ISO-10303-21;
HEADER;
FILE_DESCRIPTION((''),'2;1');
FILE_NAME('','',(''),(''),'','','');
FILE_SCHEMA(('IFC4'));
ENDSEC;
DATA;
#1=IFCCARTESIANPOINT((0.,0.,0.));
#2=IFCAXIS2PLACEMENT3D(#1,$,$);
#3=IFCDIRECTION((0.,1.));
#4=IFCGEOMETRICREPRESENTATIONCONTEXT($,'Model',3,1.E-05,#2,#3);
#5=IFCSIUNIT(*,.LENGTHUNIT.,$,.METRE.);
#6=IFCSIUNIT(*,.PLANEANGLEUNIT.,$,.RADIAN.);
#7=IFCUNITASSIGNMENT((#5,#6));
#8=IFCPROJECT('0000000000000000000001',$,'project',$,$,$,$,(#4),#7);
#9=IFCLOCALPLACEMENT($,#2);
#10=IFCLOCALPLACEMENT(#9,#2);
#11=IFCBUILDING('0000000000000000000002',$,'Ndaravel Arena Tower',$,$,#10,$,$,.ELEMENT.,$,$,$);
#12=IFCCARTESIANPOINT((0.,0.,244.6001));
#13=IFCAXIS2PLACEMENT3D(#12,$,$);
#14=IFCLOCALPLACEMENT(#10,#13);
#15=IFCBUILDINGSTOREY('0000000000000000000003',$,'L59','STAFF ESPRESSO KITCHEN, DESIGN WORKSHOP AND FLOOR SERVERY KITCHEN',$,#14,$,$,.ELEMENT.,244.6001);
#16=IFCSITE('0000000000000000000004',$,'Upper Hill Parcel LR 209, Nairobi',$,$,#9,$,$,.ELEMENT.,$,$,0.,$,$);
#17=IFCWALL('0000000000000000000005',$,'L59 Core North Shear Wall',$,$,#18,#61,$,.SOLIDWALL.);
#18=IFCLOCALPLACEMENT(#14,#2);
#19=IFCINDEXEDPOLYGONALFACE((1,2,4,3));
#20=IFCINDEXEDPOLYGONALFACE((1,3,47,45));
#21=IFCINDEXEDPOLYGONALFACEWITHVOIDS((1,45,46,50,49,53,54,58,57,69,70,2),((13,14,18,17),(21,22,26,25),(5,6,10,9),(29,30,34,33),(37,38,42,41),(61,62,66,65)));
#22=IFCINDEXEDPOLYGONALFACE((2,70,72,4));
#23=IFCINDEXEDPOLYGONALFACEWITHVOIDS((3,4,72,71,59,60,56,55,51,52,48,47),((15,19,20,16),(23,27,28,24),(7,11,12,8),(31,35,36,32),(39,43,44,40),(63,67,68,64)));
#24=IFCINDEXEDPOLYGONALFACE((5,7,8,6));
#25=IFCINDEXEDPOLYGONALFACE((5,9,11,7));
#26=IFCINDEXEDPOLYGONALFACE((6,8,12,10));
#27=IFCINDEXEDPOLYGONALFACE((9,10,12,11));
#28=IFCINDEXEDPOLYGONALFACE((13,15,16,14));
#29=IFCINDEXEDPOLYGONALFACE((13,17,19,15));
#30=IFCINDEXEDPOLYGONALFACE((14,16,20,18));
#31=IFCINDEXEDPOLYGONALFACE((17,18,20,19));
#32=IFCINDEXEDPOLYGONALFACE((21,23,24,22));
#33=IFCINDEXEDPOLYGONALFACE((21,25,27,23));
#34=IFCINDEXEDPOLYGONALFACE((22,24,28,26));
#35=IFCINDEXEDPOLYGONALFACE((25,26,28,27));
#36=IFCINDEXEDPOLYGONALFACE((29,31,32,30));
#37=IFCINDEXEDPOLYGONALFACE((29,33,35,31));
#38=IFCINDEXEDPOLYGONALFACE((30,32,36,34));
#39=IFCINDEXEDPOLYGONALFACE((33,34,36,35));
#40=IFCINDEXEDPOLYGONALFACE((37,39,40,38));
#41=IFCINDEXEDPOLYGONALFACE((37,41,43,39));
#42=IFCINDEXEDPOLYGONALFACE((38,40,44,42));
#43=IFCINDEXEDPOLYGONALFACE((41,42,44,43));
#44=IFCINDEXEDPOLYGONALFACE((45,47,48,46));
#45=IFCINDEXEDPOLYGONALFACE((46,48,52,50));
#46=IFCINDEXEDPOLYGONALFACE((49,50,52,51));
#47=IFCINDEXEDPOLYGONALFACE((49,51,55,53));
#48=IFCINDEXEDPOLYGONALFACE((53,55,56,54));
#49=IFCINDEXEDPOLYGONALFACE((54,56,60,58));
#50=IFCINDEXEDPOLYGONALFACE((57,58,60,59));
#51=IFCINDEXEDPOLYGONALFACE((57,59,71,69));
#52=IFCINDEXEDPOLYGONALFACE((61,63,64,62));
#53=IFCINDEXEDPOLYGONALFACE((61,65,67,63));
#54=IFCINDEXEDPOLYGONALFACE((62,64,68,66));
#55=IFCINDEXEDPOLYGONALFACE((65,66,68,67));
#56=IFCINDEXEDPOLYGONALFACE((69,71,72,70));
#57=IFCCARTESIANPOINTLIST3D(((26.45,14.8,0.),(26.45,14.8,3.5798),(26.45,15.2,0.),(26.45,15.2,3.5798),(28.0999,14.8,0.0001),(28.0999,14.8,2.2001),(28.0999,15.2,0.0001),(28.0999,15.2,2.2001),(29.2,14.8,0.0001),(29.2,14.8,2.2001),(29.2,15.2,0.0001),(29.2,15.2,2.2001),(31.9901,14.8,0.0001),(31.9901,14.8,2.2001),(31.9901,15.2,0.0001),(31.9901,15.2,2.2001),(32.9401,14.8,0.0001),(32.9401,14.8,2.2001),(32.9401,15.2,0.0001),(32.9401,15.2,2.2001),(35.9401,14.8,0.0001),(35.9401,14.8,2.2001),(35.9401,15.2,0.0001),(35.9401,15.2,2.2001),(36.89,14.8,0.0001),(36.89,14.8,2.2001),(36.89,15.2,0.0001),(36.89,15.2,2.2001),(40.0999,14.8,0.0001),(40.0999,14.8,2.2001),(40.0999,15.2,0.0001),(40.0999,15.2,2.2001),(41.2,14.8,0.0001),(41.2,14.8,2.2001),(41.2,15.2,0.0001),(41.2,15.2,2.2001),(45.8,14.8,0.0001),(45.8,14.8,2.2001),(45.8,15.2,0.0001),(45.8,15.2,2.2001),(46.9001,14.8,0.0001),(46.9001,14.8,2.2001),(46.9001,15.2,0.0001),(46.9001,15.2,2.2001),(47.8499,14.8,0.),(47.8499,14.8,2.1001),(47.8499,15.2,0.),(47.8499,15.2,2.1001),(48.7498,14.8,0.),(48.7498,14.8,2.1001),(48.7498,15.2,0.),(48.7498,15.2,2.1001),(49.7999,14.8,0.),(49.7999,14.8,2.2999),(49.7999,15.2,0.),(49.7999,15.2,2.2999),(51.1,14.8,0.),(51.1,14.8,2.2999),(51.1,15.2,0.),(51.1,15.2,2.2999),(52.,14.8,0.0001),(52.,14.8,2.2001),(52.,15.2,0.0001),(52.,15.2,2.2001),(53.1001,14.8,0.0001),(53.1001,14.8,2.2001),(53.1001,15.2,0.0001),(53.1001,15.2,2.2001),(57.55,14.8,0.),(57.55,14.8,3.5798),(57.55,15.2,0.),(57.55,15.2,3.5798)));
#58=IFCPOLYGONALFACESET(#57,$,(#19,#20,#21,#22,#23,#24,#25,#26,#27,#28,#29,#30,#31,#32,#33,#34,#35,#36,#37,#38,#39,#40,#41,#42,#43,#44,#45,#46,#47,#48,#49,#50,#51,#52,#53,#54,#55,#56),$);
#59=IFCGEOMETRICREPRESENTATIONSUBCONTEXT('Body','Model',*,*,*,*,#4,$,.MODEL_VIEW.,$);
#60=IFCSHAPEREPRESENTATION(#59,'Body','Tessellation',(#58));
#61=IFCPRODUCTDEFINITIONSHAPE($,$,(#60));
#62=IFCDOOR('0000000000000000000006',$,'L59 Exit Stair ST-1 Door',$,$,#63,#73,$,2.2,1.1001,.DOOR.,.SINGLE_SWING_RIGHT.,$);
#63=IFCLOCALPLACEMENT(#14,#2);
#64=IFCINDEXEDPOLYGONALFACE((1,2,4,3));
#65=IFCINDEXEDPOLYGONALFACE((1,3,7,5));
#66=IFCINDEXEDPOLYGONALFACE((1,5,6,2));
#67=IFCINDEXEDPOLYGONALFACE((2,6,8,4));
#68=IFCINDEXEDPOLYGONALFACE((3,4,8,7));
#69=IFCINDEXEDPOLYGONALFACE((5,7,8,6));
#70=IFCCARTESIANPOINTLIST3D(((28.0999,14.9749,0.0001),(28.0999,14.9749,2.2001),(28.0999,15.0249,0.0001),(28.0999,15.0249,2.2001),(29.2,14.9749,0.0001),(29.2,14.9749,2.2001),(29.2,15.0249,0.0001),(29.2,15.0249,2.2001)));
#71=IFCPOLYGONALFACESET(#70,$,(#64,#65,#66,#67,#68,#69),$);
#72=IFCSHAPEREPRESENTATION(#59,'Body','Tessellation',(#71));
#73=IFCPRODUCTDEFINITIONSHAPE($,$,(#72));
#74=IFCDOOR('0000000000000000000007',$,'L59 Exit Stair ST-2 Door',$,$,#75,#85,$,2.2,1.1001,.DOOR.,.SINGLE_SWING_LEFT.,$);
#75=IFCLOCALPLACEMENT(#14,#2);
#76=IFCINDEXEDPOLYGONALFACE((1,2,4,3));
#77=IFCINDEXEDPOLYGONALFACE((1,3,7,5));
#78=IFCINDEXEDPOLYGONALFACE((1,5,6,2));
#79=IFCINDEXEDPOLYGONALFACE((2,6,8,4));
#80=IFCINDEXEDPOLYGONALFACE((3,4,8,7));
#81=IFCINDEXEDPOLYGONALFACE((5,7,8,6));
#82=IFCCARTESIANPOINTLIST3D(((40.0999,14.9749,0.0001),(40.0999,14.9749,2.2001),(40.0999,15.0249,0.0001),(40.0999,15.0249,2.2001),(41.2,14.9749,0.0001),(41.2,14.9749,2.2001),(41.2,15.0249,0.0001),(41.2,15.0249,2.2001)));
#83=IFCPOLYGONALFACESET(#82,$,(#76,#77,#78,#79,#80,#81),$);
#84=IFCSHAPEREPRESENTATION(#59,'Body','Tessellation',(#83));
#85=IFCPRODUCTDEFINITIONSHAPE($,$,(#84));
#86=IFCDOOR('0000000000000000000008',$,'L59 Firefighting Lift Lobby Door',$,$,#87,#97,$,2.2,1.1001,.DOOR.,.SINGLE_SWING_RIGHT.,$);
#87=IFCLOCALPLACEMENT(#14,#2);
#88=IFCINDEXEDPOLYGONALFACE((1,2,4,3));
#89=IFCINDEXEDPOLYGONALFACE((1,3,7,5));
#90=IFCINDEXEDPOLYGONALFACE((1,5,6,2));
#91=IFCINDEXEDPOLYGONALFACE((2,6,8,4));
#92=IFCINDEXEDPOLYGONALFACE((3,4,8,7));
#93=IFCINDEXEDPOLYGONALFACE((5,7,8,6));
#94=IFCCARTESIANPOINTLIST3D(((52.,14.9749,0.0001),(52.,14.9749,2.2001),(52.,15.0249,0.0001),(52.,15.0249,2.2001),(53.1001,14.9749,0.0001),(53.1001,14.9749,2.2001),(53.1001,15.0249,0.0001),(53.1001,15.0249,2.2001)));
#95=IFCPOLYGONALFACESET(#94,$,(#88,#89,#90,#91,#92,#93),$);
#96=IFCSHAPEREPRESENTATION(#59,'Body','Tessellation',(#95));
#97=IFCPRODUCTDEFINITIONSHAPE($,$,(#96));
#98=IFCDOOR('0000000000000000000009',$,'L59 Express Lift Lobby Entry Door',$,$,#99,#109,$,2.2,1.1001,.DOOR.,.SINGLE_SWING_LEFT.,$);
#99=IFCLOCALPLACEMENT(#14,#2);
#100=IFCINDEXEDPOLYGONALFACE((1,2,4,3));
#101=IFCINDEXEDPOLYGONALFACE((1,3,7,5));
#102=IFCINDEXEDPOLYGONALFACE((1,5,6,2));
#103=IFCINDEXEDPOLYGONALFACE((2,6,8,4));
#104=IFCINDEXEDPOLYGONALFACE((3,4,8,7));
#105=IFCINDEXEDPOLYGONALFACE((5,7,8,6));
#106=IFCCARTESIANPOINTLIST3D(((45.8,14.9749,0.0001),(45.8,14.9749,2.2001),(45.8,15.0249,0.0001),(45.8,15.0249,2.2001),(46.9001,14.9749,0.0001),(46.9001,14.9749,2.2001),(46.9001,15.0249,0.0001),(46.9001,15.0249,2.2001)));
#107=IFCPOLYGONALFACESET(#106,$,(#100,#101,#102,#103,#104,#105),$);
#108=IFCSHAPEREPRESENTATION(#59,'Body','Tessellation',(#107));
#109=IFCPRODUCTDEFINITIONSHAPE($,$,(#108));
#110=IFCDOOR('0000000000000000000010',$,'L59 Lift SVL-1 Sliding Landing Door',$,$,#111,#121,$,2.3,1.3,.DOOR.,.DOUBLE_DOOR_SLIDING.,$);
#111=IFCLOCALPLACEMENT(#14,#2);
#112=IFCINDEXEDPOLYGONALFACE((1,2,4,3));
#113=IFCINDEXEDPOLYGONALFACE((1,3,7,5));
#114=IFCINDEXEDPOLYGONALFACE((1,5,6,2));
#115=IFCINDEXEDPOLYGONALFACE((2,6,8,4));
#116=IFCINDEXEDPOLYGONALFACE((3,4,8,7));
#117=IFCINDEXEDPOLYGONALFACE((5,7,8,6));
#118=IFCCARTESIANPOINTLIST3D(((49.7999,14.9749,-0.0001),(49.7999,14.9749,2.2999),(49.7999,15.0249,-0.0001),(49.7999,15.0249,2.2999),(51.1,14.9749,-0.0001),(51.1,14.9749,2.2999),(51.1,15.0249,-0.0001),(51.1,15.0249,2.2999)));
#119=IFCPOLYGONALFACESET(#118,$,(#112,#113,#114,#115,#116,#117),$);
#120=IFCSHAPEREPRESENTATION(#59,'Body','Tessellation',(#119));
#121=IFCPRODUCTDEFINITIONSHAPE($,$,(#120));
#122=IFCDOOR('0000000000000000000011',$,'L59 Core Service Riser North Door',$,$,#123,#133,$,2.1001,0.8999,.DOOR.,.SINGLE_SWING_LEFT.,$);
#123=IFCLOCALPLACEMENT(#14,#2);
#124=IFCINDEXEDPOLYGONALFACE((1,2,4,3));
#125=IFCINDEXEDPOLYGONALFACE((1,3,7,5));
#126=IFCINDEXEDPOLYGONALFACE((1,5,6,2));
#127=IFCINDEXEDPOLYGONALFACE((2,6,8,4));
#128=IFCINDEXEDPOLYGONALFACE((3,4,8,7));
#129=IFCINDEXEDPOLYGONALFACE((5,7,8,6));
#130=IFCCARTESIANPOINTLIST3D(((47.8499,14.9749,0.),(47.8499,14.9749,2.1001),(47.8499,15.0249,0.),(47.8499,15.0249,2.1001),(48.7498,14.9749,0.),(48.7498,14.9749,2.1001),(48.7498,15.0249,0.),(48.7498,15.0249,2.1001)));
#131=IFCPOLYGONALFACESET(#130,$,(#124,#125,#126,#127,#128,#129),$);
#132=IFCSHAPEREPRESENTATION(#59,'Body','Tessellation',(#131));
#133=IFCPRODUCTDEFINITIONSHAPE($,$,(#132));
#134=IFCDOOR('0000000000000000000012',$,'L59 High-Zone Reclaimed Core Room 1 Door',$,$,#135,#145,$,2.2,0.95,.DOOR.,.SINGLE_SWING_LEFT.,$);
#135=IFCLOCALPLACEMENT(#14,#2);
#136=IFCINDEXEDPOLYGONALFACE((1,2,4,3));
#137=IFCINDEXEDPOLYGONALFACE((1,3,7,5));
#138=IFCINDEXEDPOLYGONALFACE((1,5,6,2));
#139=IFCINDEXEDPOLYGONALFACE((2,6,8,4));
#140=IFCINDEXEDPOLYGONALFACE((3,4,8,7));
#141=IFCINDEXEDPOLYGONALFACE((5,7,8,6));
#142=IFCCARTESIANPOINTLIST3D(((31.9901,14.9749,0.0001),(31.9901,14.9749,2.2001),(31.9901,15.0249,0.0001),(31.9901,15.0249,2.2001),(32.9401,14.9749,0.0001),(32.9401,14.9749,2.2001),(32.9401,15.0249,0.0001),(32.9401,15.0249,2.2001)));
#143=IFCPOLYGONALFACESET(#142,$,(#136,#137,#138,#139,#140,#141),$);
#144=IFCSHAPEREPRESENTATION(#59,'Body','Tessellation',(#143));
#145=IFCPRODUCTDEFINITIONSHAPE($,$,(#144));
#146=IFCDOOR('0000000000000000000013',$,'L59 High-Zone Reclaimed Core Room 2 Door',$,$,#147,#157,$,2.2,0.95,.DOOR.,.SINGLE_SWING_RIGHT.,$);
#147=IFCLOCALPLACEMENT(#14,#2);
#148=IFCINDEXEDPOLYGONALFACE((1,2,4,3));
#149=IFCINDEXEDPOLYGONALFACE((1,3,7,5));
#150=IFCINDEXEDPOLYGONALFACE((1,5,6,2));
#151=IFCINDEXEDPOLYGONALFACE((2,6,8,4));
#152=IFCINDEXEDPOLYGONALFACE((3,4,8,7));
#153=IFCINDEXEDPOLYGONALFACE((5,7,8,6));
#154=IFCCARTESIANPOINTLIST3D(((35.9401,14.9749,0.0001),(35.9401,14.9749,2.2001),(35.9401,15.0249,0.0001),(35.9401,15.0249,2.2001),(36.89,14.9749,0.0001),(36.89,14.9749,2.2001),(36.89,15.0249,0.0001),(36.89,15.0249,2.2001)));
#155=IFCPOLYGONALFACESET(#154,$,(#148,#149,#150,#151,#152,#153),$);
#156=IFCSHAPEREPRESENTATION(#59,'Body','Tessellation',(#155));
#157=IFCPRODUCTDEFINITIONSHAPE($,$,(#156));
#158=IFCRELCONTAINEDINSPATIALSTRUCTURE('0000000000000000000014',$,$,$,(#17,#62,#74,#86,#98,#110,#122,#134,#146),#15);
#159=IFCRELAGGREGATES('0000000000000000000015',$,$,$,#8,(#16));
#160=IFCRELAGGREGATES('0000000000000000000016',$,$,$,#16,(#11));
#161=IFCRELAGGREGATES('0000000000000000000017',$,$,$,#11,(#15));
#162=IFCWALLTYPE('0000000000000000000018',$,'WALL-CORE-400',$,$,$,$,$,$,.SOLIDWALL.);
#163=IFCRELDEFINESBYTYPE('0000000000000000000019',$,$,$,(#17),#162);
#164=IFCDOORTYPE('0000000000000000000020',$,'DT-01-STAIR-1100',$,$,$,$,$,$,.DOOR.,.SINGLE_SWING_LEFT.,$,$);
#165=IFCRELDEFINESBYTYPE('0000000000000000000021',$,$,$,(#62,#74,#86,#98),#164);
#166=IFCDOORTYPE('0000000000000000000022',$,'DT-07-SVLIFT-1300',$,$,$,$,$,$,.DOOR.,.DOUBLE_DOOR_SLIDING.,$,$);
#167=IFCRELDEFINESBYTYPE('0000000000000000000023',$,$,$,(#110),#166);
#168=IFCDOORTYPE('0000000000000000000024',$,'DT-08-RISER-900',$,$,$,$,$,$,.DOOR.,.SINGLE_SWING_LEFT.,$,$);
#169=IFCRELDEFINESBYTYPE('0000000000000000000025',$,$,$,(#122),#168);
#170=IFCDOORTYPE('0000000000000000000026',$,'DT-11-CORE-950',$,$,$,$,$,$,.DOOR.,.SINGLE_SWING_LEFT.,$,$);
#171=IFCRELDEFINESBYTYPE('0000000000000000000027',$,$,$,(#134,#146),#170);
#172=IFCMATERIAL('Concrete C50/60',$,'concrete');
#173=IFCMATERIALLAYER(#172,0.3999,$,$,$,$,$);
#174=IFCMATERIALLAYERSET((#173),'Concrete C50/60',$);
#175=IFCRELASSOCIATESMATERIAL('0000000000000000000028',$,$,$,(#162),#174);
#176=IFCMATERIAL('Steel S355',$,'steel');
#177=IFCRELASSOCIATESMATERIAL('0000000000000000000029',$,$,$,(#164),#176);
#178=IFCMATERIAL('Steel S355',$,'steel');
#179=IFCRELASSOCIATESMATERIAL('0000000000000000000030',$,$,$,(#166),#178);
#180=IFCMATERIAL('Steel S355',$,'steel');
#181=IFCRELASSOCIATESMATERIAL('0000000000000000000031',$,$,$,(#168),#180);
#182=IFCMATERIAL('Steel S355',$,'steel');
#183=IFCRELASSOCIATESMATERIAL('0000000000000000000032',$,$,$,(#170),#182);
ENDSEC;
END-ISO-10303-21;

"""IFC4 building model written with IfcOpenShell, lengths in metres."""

from ifc_helpers import new_model, si_unit, direction, frame, frame_2d, origin, place, context, subcontext, project, spatial, rectangle, extrude, material, layer, layer_set, type_object, element, fill, save


model = new_model("IFC4")

# Units and contexts
model_context = context("Model", 3, precision=1e-05, world=origin(), true_north=direction((0.0, 1.0)))
body_context = subcontext(model_context, "Body", "Model", "MODEL_VIEW")
ifc_project = project(units=[si_unit("LENGTHUNIT", "METRE"), si_unit("PLANEANGLEUNIT", "RADIAN")], contexts=[model_context])

# Site, building, storey
site_placement = place(None, origin())
site = spatial("IfcSite", under=ifc_project, at=site_placement, Name="Upper Hill Parcel LR 209, Nairobi", CompositionType="ELEMENT", RefElevation=0.0)
building_placement = place(site_placement, origin())
building = spatial("IfcBuilding", under=site, at=building_placement, Name="Ndaravel Arena Tower", CompositionType="ELEMENT")
storey_placement = place(building_placement, frame((0.0, 0.0, 244.6001)))
storey = spatial("IfcBuildingStorey", under=building, at=storey_placement, Name="L59", Description="STAFF ESPRESSO KITCHEN, DESIGN WORKSHOP AND FLOOR SERVERY KITCHEN", CompositionType="ELEMENT", Elevation=244.6001)

# Wall, openings, doors
ifc_material_1 = material(Name="Concrete C50/60", Category="concrete")
ifc_layer_1 = layer(ifc_material_1, 0.3999)
ifc_layer_set_1 = layer_set([ifc_layer_1], Name="Concrete C50/60")
wall_type_1 = type_object("IfcWallType", Name="WALL-CORE-400", PredefinedType="SOLIDWALL", material=ifc_layer_set_1)
wall_1_placement = place(storey_placement, frame((26.45, 15.0, 0.0), z_axis=(0.0, 0.0, 1.0), x_axis=(1.0, 0.0, 0.0)))
wall_1 = element("IfcWall", 1, at=wall_1_placement, inside=storey, type_object=wall_type_1, Name="L59 Core North Shear Wall", PredefinedType="SOLIDWALL", context=body_context, shape_type="SweptSolid", body=[
    extrude(rectangle(XDim=31.1001, YDim=0.3999, at=frame_2d((15.55, 0.0))), origin(), (0.0, 0.0, 1.0), 3.5798),
])
opening_1_placement = place(wall_1_placement, frame((1.6499, 0.0, 0.0)))
opening_1 = element("IfcOpeningElement", 2, at=opening_1_placement, cuts=wall_1, PredefinedType="OPENING", context=body_context, shape_type="SweptSolid", body=[
    extrude(rectangle(XDim=1.1001, YDim=2.2, at=frame_2d((0.55, 1.1001))), frame((0.0, 0.2, 0.0), z_axis=(0.0, -1.0, 0.0), x_axis=(1.0, 0.0, 0.0)), (0.0, 0.0, 1.0), 0.3999),
])
opening_2_placement = place(wall_1_placement, frame((13.6499, 0.0, 0.0)))
opening_2 = element("IfcOpeningElement", 3, at=opening_2_placement, cuts=wall_1, PredefinedType="OPENING", context=body_context, shape_type="SweptSolid", body=[
    extrude(rectangle(XDim=1.1001, YDim=2.2, at=frame_2d((0.55, 1.1001))), frame((0.0, 0.2, 0.0), z_axis=(0.0, -1.0, 0.0), x_axis=(1.0, 0.0, 0.0)), (0.0, 0.0, 1.0), 0.3999),
])
opening_3_placement = place(wall_1_placement, frame((25.55, 0.0, 0.0)))
opening_3 = element("IfcOpeningElement", 4, at=opening_3_placement, cuts=wall_1, PredefinedType="OPENING", context=body_context, shape_type="SweptSolid", body=[
    extrude(rectangle(XDim=1.1001, YDim=2.2, at=frame_2d((0.55, 1.1001))), frame((0.0, 0.2, 0.0), z_axis=(0.0, -1.0, 0.0), x_axis=(1.0, 0.0, 0.0)), (0.0, 0.0, 1.0), 0.3999),
])
opening_4_placement = place(wall_1_placement, frame((19.3501, 0.0, 0.0)))
opening_4 = element("IfcOpeningElement", 5, at=opening_4_placement, cuts=wall_1, PredefinedType="OPENING", context=body_context, shape_type="SweptSolid", body=[
    extrude(rectangle(XDim=1.1001, YDim=2.2, at=frame_2d((0.55, 1.1001))), frame((0.0, 0.2, 0.0), z_axis=(0.0, -1.0, 0.0), x_axis=(1.0, 0.0, 0.0)), (0.0, 0.0, 1.0), 0.3999),
])
opening_5_placement = place(wall_1_placement, frame((21.3999, 0.0, 0.0)))
opening_5 = element("IfcOpeningElement", 6, at=opening_5_placement, cuts=wall_1, PredefinedType="OPENING", context=body_context, shape_type="SweptSolid", body=[
    extrude(rectangle(XDim=0.8999, YDim=2.1001, at=frame_2d((0.45, 1.05))), frame((0.0, 0.2, 0.0), z_axis=(0.0, -1.0, 0.0), x_axis=(1.0, 0.0, 0.0)), (0.0, 0.0, 1.0), 0.3999),
])
opening_6_placement = place(wall_1_placement, frame((5.54, 0.0, 0.0)))
opening_6 = element("IfcOpeningElement", 7, at=opening_6_placement, cuts=wall_1, PredefinedType="OPENING", context=body_context, shape_type="SweptSolid", body=[
    extrude(rectangle(XDim=0.95, YDim=2.2, at=frame_2d((0.4751, 1.1001))), frame((0.0, 0.2, 0.0), z_axis=(0.0, -1.0, 0.0), x_axis=(1.0, 0.0, 0.0)), (0.0, 0.0, 1.0), 0.3999),
])
opening_7_placement = place(wall_1_placement, frame((9.49, 0.0, 0.0)))
opening_7 = element("IfcOpeningElement", 8, at=opening_7_placement, cuts=wall_1, PredefinedType="OPENING", context=body_context, shape_type="SweptSolid", body=[
    extrude(rectangle(XDim=0.95, YDim=2.2, at=frame_2d((0.4751, 1.1001))), frame((0.0, 0.2, 0.0), z_axis=(0.0, -1.0, 0.0), x_axis=(1.0, 0.0, 0.0)), (0.0, 0.0, 1.0), 0.3999),
])
opening_8_placement = place(wall_1_placement, frame((23.3501, 0.0, 0.0)))
opening_8 = element("IfcOpeningElement", 9, at=opening_8_placement, cuts=wall_1, PredefinedType="OPENING", context=body_context, shape_type="SweptSolid", body=[
    extrude(rectangle(XDim=1.3, YDim=2.3, at=frame_2d((0.6499, 1.1499))), frame((0.0, 0.2, 0.0), z_axis=(0.0, -1.0, 0.0), x_axis=(1.0, 0.0, 0.0)), (0.0, 0.0, 1.0), 0.3999),
])
ifc_material_2 = material(Name="Steel S355", Category="steel")
door_type_1 = type_object("IfcDoorType", Name="DT-01-STAIR-1100", OperationType="SINGLE_SWING_LEFT", PredefinedType="DOOR", material=ifc_material_2)
door_1_placement = place(opening_1_placement, origin())
door_1 = element("IfcDoor", 10, at=door_1_placement, inside=storey, type_object=door_type_1, Name="L59 Exit Stair ST-1 Door", OperationType="SINGLE_SWING_RIGHT", OverallHeight=2.2, OverallWidth=1.1001, PredefinedType="DOOR", context=body_context, shape_type="SweptSolid", body=[
    extrude(rectangle(XDim=1.1001, YDim=2.2, at=frame_2d((0.55, 1.1001))), frame((0.0, 0.0249, 0.0), z_axis=(0.0, -1.0, 0.0), x_axis=(1.0, 0.0, 0.0)), (0.0, 0.0, 1.0), 0.05),
])
fill(opening_1, door_1)
door_2_placement = place(opening_2_placement, origin())
door_2 = element("IfcDoor", 11, at=door_2_placement, inside=storey, type_object=door_type_1, Name="L59 Exit Stair ST-2 Door", OperationType="SINGLE_SWING_LEFT", OverallHeight=2.2, OverallWidth=1.1001, PredefinedType="DOOR", context=body_context, shape_type="SweptSolid", body=[
    extrude(rectangle(XDim=1.1001, YDim=2.2, at=frame_2d((0.55, 1.1001))), frame((0.0, 0.0249, 0.0), z_axis=(0.0, -1.0, 0.0), x_axis=(1.0, 0.0, 0.0)), (0.0, 0.0, 1.0), 0.05),
])
fill(opening_2, door_2)
door_3_placement = place(opening_3_placement, origin())
door_3 = element("IfcDoor", 12, at=door_3_placement, inside=storey, type_object=door_type_1, Name="L59 Firefighting Lift Lobby Door", OperationType="SINGLE_SWING_RIGHT", OverallHeight=2.2, OverallWidth=1.1001, PredefinedType="DOOR", context=body_context, shape_type="SweptSolid", body=[
    extrude(rectangle(XDim=1.1001, YDim=2.2, at=frame_2d((0.55, 1.1001))), frame((0.0, 0.0249, 0.0), z_axis=(0.0, -1.0, 0.0), x_axis=(1.0, 0.0, 0.0)), (0.0, 0.0, 1.0), 0.05),
])
fill(opening_3, door_3)
door_4_placement = place(opening_4_placement, origin())
door_4 = element("IfcDoor", 13, at=door_4_placement, inside=storey, type_object=door_type_1, Name="L59 Express Lift Lobby Entry Door", OperationType="SINGLE_SWING_LEFT", OverallHeight=2.2, OverallWidth=1.1001, PredefinedType="DOOR", context=body_context, shape_type="SweptSolid", body=[
    extrude(rectangle(XDim=1.1001, YDim=2.2, at=frame_2d((0.55, 1.1001))), frame((0.0, 0.0249, 0.0), z_axis=(0.0, -1.0, 0.0), x_axis=(1.0, 0.0, 0.0)), (0.0, 0.0, 1.0), 0.05),
])
fill(opening_4, door_4)
ifc_material_3 = material(Name="Steel S355", Category="steel")
door_type_2 = type_object("IfcDoorType", Name="DT-07-SVLIFT-1300", OperationType="DOUBLE_DOOR_SLIDING", PredefinedType="DOOR", material=ifc_material_3)
door_5_placement = place(opening_8_placement, origin())
door_5 = element("IfcDoor", 14, at=door_5_placement, inside=storey, type_object=door_type_2, Name="L59 Lift SVL-1 Sliding Landing Door", OperationType="DOUBLE_DOOR_SLIDING", OverallHeight=2.3, OverallWidth=1.3, PredefinedType="DOOR", context=body_context, shape_type="SweptSolid", body=[
    extrude(rectangle(XDim=1.3, YDim=2.3, at=frame_2d((0.6499, 1.1499))), frame((0.0, 0.0249, 0.0), z_axis=(0.0, -1.0, 0.0), x_axis=(1.0, 0.0, 0.0)), (0.0, 0.0, 1.0), 0.05),
])
fill(opening_8, door_5)
ifc_material_4 = material(Name="Steel S355", Category="steel")
door_type_3 = type_object("IfcDoorType", Name="DT-08-RISER-900", OperationType="SINGLE_SWING_LEFT", PredefinedType="DOOR", material=ifc_material_4)
door_6_placement = place(opening_5_placement, origin())
door_6 = element("IfcDoor", 15, at=door_6_placement, inside=storey, type_object=door_type_3, Name="L59 Core Service Riser North Door", OperationType="SINGLE_SWING_LEFT", OverallHeight=2.1001, OverallWidth=0.8999, PredefinedType="DOOR", context=body_context, shape_type="SweptSolid", body=[
    extrude(rectangle(XDim=0.8999, YDim=2.1001, at=frame_2d((0.45, 1.05))), frame((0.0, 0.0249, 0.0), z_axis=(0.0, -1.0, 0.0), x_axis=(1.0, 0.0, 0.0)), (0.0, 0.0, 1.0), 0.05),
])
fill(opening_5, door_6)
ifc_material_5 = material(Name="Steel S355", Category="steel")
door_type_4 = type_object("IfcDoorType", Name="DT-11-CORE-950", OperationType="SINGLE_SWING_LEFT", PredefinedType="DOOR", material=ifc_material_5)
door_7_placement = place(opening_6_placement, origin())
door_7 = element("IfcDoor", 16, at=door_7_placement, inside=storey, type_object=door_type_4, Name="L59 High-Zone Reclaimed Core Room 1 Door", OperationType="SINGLE_SWING_LEFT", OverallHeight=2.2, OverallWidth=0.95, PredefinedType="DOOR", context=body_context, shape_type="SweptSolid", body=[
    extrude(rectangle(XDim=0.95, YDim=2.2, at=frame_2d((0.4751, 1.1001))), frame((0.0, 0.0249, 0.0), z_axis=(0.0, -1.0, 0.0), x_axis=(1.0, 0.0, 0.0)), (0.0, 0.0, 1.0), 0.05),
])
fill(opening_6, door_7)
door_8_placement = place(opening_7_placement, origin())
door_8 = element("IfcDoor", 17, at=door_8_placement, inside=storey, type_object=door_type_4, Name="L59 High-Zone Reclaimed Core Room 2 Door", OperationType="SINGLE_SWING_RIGHT", OverallHeight=2.2, OverallWidth=0.95, PredefinedType="DOOR", context=body_context, shape_type="SweptSolid", body=[
    extrude(rectangle(XDim=0.95, YDim=2.2, at=frame_2d((0.4751, 1.1001))), frame((0.0, 0.0249, 0.0), z_axis=(0.0, -1.0, 0.0), x_axis=(1.0, 0.0, 0.0)), (0.0, 0.0, 1.0), 0.05),
])
fill(opening_7, door_8)

save(model, "model.ifc")
